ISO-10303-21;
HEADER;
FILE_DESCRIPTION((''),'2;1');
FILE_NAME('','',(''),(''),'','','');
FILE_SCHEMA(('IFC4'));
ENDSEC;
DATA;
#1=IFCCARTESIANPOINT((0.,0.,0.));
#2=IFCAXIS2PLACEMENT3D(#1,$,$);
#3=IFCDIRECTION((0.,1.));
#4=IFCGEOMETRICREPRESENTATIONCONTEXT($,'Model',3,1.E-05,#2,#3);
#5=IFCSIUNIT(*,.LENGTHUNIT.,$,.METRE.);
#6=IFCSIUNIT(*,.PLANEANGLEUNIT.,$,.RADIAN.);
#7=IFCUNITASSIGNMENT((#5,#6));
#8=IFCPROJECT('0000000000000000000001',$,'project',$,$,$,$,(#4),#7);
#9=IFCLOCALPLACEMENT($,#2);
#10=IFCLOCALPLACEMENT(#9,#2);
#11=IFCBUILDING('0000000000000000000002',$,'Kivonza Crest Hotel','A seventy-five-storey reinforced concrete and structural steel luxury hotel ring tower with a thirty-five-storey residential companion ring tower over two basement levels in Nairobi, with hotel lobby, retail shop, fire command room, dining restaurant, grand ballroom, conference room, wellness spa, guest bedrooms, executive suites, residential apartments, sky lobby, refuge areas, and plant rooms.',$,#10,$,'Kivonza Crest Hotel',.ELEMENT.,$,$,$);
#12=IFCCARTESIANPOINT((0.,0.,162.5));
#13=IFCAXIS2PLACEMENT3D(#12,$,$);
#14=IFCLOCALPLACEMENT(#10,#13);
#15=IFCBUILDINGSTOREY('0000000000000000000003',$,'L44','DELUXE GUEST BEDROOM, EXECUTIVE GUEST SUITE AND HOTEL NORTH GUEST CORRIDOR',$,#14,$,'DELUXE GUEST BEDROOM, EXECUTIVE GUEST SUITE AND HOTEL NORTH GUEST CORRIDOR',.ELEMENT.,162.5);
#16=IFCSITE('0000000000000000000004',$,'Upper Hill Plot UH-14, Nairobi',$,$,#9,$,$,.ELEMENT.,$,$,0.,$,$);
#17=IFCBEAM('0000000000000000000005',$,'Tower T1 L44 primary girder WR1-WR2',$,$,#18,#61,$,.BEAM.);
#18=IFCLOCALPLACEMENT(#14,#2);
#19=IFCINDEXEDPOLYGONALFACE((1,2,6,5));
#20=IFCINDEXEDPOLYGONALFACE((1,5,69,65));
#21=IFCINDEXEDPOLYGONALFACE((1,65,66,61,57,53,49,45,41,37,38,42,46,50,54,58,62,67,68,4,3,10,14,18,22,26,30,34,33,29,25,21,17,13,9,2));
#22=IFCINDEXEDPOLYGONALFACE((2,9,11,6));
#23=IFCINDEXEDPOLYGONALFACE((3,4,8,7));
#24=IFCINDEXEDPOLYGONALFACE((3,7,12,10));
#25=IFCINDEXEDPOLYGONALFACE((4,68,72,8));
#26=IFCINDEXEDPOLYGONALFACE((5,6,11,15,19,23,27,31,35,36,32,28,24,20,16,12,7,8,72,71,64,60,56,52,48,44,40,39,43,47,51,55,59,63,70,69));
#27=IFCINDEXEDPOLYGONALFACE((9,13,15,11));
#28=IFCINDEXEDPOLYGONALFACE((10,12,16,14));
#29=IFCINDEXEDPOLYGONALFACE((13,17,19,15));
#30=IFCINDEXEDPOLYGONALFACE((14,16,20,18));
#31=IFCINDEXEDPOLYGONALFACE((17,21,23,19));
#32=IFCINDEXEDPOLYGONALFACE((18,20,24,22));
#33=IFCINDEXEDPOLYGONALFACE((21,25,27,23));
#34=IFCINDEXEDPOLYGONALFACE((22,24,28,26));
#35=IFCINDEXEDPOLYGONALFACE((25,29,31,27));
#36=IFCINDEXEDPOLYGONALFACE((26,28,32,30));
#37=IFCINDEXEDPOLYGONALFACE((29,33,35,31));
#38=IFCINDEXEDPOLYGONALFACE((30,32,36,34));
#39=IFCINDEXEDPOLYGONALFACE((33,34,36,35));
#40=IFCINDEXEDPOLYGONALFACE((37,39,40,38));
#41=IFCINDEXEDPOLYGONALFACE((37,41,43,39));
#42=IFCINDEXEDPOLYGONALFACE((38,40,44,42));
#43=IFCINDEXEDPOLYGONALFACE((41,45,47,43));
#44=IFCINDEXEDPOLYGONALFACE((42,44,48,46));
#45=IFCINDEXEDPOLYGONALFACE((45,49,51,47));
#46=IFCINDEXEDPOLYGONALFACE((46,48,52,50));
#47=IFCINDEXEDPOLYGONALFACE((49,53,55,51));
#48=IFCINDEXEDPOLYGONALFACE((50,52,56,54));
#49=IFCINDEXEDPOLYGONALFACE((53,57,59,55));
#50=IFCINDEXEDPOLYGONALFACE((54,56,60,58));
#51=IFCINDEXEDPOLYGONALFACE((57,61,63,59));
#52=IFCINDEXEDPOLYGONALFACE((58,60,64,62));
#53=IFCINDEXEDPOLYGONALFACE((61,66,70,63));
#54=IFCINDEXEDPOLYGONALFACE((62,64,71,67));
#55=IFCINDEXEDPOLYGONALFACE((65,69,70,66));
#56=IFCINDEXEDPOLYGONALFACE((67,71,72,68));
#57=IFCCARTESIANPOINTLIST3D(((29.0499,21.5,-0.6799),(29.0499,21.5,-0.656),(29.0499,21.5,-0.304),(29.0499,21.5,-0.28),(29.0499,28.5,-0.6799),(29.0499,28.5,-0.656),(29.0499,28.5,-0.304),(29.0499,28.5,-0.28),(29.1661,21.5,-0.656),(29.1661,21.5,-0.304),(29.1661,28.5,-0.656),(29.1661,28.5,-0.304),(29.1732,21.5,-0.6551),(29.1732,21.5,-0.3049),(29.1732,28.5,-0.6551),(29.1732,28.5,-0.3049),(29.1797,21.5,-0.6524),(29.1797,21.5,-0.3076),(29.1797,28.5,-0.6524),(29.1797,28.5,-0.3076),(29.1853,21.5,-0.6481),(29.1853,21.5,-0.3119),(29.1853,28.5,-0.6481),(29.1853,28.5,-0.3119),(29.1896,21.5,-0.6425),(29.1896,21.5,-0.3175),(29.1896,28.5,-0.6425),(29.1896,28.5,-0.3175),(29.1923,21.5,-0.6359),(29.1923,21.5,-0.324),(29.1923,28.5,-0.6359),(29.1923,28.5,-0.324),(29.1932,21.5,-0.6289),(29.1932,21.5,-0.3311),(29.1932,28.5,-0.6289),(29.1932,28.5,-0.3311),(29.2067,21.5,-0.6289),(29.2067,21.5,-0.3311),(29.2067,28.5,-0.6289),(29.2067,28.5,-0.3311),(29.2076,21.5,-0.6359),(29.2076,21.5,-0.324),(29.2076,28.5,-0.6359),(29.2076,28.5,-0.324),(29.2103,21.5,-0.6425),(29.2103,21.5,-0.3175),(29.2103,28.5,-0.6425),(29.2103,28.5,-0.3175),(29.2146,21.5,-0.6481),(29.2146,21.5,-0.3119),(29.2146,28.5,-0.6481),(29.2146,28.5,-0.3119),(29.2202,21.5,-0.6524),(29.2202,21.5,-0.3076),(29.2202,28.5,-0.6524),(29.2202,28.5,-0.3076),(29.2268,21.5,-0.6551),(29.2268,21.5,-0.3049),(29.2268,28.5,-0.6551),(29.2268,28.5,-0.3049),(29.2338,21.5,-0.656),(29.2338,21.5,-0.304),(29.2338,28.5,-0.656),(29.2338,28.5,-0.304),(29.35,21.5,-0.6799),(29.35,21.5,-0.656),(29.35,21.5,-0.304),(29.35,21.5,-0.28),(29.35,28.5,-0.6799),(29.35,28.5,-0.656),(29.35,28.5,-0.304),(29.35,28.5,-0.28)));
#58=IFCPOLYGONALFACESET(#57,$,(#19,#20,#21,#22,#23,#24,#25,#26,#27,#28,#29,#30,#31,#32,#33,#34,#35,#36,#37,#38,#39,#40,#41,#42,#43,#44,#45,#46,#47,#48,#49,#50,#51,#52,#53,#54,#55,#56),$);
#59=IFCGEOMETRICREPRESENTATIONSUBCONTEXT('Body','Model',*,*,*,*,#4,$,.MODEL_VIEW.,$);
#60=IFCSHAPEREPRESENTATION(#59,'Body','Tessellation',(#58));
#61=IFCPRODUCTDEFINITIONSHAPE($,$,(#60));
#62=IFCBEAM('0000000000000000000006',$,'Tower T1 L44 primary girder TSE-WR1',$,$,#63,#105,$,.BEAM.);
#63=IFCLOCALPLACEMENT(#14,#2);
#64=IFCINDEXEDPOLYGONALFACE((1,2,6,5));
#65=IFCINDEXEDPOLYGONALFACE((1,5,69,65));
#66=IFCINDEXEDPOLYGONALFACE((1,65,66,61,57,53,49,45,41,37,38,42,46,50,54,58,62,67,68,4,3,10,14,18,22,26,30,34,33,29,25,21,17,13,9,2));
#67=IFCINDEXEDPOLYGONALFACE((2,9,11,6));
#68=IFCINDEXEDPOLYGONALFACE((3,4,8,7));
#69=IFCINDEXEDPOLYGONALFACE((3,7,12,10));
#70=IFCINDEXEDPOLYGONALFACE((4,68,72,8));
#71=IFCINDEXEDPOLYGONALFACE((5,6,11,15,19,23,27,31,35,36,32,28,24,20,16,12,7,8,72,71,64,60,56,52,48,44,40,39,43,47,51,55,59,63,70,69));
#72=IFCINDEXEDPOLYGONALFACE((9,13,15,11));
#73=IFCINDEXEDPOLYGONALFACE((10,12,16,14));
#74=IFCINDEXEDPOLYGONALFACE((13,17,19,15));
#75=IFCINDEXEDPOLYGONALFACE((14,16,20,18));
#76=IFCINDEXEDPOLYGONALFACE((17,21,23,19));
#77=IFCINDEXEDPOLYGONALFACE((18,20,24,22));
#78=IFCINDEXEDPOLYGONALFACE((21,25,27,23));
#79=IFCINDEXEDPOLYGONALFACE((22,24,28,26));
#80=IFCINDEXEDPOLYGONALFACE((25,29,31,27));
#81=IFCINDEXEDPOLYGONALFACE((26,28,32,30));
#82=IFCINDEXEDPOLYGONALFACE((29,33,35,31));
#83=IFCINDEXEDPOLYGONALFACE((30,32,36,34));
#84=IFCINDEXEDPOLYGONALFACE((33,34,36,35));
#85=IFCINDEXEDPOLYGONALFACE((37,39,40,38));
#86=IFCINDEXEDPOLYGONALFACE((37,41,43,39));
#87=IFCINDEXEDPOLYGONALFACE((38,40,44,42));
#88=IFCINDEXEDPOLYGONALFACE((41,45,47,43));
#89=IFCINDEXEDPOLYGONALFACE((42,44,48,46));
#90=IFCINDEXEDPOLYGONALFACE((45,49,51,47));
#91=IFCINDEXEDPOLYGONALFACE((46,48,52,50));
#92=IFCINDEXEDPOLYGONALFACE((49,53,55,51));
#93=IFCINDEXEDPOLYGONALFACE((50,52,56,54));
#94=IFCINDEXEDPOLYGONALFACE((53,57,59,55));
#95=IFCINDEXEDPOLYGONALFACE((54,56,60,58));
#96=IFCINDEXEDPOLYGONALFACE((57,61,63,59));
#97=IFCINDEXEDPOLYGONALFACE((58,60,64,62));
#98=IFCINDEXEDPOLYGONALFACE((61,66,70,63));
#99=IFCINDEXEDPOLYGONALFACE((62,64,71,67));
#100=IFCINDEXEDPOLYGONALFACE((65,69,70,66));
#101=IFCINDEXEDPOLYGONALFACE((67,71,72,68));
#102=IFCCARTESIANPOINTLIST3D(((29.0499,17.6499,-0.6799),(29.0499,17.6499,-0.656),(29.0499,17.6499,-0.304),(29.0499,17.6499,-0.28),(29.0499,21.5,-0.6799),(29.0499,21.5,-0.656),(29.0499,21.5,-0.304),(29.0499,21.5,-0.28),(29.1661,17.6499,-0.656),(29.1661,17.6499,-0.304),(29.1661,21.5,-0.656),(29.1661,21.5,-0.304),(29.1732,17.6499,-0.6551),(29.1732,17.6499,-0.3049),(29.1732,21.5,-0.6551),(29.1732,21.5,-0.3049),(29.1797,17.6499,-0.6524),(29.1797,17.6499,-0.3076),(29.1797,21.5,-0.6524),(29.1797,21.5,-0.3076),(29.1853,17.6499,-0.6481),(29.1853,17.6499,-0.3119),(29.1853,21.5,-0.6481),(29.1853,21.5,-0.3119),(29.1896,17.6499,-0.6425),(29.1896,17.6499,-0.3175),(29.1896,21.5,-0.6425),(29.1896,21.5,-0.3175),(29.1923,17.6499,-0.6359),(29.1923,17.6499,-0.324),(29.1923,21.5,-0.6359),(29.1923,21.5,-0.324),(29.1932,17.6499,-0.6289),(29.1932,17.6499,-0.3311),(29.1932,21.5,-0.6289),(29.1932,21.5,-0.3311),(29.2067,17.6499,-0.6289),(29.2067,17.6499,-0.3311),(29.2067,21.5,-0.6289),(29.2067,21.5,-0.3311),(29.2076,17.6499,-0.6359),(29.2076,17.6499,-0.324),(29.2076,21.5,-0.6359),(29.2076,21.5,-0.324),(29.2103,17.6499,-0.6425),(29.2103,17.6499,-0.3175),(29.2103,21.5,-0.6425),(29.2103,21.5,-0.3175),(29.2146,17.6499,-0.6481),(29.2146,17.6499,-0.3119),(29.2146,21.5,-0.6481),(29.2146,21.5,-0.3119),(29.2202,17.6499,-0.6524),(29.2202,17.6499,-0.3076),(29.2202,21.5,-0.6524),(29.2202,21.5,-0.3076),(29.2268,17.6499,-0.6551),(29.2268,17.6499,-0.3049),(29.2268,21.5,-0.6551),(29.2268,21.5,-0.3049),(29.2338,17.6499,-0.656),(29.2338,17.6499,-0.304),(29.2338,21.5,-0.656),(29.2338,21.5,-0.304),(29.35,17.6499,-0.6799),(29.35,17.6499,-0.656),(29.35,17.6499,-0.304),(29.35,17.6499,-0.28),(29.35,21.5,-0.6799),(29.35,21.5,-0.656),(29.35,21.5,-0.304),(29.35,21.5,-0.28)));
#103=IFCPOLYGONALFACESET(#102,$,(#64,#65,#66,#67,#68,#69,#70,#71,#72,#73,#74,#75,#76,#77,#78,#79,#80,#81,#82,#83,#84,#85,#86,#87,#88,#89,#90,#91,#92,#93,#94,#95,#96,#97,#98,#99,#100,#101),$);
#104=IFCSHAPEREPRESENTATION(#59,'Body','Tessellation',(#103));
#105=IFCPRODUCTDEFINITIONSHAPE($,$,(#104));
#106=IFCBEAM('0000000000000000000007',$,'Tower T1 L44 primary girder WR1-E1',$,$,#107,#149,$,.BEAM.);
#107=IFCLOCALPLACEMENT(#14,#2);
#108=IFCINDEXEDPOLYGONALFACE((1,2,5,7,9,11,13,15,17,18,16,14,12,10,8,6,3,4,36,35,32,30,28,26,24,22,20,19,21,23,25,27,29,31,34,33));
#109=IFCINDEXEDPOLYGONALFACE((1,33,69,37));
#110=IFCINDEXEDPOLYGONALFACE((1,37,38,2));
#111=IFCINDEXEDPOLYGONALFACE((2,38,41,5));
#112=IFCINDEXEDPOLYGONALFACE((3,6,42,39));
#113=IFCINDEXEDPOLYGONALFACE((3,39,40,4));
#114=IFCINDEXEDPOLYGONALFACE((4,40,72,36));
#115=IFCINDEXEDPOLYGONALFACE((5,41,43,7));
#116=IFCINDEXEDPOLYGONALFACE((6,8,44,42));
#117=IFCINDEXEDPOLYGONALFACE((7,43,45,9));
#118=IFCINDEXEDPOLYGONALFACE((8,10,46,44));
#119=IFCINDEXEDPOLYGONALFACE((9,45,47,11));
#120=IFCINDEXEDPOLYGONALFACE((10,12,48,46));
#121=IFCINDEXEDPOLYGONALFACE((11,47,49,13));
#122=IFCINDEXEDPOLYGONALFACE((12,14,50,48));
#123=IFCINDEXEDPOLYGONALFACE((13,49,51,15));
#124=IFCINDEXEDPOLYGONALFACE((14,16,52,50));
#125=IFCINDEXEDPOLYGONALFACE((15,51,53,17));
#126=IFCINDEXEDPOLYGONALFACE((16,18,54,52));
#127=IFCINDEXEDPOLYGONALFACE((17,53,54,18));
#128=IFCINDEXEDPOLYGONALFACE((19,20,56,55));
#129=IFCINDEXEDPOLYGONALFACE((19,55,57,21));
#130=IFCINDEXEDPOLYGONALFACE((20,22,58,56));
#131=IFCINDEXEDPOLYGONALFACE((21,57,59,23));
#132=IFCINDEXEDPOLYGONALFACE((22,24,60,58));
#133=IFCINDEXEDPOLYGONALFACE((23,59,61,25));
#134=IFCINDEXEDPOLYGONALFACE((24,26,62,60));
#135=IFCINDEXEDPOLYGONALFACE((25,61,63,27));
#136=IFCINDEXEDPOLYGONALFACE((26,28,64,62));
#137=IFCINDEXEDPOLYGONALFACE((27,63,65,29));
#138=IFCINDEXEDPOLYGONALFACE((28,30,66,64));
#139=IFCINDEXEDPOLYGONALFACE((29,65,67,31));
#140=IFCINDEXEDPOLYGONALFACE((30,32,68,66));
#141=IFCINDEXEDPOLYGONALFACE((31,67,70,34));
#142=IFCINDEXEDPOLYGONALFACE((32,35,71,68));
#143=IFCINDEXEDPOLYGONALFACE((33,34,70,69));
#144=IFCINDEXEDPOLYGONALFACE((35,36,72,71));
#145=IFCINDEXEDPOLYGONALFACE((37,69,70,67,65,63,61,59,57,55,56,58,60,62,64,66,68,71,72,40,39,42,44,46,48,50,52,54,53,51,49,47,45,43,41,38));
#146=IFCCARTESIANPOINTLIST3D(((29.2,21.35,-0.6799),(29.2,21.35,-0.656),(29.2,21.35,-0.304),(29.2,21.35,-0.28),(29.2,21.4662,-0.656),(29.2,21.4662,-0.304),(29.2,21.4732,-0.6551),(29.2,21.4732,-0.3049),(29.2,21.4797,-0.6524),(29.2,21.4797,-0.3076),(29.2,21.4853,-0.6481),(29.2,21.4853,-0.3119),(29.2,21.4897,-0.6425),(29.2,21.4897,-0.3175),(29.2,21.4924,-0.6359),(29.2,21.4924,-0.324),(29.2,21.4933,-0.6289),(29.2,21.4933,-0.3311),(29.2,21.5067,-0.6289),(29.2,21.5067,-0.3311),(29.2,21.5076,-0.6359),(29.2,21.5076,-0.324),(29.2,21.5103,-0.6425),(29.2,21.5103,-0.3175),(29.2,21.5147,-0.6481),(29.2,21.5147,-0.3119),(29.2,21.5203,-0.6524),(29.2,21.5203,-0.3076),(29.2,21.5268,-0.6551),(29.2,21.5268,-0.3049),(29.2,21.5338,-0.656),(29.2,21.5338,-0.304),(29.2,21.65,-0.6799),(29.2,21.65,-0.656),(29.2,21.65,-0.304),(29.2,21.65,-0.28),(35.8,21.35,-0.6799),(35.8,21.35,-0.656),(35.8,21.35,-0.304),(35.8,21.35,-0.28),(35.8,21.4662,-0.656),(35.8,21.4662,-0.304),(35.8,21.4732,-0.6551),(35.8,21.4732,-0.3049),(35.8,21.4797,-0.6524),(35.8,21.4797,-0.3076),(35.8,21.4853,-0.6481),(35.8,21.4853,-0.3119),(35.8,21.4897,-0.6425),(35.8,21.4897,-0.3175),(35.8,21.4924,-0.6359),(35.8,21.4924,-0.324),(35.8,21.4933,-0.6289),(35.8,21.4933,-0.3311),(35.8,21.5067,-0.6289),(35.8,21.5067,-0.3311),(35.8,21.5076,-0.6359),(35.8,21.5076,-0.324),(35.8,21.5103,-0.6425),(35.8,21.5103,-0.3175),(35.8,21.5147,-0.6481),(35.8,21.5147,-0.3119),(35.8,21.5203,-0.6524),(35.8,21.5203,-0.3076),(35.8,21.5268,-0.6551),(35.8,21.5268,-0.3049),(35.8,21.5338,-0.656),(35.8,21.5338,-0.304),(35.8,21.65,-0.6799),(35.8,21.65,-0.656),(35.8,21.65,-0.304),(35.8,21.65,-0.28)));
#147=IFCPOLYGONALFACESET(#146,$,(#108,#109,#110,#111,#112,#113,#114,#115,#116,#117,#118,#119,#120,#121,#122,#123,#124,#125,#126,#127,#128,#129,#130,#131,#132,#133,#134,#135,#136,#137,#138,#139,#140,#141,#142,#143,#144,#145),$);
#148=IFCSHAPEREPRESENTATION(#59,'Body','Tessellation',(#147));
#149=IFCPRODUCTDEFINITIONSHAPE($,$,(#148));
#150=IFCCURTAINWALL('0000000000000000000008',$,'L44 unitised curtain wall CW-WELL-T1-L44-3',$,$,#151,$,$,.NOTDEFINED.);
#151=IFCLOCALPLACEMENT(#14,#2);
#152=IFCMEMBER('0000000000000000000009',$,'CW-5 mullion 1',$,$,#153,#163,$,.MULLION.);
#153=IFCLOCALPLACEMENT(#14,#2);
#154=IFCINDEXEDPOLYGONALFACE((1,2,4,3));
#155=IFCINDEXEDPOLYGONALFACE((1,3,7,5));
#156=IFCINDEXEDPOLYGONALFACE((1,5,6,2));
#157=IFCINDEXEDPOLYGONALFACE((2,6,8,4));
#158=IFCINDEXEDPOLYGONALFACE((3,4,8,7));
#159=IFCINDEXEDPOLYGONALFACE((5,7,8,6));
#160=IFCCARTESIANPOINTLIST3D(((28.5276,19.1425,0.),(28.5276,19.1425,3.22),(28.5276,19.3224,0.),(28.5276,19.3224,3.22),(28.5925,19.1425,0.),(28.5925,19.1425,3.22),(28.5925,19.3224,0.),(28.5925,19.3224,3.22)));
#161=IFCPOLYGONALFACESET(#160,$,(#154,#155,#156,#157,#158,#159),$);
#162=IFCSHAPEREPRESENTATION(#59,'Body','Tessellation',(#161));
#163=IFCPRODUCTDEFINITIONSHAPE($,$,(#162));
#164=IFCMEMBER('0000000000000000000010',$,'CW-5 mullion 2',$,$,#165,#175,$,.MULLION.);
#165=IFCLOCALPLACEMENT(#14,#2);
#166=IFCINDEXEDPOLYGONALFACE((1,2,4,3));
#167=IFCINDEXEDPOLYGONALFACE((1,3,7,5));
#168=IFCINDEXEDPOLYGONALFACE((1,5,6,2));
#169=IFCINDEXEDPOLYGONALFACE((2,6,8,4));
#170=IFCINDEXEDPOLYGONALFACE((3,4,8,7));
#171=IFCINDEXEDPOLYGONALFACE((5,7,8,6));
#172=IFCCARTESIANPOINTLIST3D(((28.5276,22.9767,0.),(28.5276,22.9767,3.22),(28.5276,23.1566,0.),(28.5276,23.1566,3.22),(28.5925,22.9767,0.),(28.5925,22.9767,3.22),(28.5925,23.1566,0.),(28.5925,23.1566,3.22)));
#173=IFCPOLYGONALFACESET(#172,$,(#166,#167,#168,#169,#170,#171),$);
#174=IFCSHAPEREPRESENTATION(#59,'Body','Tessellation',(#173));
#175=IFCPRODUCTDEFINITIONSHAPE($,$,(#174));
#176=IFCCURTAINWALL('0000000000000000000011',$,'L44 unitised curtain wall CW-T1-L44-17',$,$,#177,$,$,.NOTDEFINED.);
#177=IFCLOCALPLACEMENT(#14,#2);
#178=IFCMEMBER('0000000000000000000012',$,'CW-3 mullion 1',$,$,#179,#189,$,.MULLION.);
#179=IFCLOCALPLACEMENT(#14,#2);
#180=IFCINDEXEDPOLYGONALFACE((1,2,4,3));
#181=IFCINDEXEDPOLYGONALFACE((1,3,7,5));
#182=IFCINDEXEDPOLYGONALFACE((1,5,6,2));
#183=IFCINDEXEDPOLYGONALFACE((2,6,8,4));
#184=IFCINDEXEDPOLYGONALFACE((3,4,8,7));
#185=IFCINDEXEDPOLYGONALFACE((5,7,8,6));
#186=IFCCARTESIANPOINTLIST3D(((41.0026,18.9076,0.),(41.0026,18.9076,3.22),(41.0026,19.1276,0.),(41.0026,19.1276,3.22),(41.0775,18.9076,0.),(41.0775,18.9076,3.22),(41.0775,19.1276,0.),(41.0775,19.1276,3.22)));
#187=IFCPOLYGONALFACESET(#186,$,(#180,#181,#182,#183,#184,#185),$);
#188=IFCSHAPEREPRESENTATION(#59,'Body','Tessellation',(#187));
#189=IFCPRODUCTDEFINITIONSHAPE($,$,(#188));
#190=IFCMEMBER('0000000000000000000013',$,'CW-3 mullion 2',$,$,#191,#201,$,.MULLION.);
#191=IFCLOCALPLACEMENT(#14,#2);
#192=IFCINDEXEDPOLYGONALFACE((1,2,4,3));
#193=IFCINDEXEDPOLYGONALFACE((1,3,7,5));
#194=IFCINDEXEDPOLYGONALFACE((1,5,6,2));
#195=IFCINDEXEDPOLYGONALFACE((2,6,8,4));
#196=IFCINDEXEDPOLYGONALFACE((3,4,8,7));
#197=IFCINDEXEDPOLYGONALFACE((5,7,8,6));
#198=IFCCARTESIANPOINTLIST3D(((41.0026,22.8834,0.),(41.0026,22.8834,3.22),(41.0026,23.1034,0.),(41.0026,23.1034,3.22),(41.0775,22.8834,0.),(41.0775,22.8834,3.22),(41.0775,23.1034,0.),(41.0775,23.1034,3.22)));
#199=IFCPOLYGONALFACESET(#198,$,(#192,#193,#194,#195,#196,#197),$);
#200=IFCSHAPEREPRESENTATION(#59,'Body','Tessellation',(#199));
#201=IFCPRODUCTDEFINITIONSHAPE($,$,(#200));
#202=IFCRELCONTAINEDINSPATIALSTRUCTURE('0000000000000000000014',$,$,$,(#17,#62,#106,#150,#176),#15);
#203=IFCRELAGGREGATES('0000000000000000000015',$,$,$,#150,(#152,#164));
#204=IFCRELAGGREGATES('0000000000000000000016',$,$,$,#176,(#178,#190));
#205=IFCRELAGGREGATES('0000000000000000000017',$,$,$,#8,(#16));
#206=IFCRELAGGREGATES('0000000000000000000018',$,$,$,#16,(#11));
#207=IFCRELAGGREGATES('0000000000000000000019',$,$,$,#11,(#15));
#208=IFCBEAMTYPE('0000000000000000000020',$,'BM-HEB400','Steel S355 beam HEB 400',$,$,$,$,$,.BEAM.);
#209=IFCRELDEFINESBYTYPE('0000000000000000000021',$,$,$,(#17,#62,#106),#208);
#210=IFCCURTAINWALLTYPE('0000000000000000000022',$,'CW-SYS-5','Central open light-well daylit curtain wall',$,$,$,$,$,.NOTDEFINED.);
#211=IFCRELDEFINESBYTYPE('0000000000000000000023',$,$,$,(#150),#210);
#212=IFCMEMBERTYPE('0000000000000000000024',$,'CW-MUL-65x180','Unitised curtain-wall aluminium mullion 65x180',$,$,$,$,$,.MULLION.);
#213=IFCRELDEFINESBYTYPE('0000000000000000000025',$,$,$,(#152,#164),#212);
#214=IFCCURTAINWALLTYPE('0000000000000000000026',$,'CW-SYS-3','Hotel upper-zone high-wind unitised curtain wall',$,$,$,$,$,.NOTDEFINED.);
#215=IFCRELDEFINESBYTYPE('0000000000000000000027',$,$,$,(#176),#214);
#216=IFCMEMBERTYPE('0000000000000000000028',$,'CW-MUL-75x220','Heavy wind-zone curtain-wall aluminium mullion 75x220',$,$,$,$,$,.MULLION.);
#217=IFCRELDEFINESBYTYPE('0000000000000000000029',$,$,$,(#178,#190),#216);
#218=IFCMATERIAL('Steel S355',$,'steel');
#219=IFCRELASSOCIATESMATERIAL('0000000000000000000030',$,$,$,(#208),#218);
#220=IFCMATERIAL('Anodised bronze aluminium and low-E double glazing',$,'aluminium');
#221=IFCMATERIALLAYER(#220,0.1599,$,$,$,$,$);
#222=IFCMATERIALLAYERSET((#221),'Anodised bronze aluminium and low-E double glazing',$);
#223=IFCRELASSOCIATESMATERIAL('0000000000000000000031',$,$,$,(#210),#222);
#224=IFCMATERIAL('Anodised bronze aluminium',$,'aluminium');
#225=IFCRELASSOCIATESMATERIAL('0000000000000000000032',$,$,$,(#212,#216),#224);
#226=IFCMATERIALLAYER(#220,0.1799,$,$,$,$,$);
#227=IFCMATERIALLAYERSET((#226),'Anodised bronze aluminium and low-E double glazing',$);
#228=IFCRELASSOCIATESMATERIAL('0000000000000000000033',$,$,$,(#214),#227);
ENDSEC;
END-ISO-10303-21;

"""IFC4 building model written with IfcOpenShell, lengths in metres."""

from ifc_helpers import new_model, si_unit, direction, frame, origin, origin_2d, place, context, subcontext, project, spatial, rectangle, i_section, extrude, material, layer, layer_set, material_profile, profile_set, type_object, element, aggregate, save


model = new_model("IFC4")

# Units and contexts
model_context = context("Model", 3, precision=1e-05, world=origin(), true_north=direction((0.0, 1.0)))
body_context = subcontext(model_context, "Body", "Model", "MODEL_VIEW")
ifc_project = project(units=[si_unit("LENGTHUNIT", "METRE"), si_unit("PLANEANGLEUNIT", "RADIAN")], contexts=[model_context])

# Site, building, storey
site_placement = place(None, origin())
site = spatial("IfcSite", under=ifc_project, at=site_placement, Name="Upper Hill Plot UH-14, Nairobi", CompositionType="ELEMENT", RefElevation=0.0)
building_placement = place(site_placement, origin())
building = spatial("IfcBuilding", under=site, at=building_placement, Name="Kivonza Crest Hotel", Description="A seventy-five-storey reinforced concrete and structural steel luxury hotel ring tower with a thirty-five-storey residential companion ring tower over two basement levels in Nairobi, with hotel lobby, retail shop, fire command room, dining restaurant, grand ballroom, conference room, wellness spa, guest bedrooms, executive suites, residential apartments, sky lobby, refuge areas, and plant rooms.", LongName="Kivonza Crest Hotel", CompositionType="ELEMENT")
storey_placement = place(building_placement, frame((0.0, 0.0, 162.5)))
storey = spatial("IfcBuildingStorey", under=building, at=storey_placement, Name="L44", Description="DELUXE GUEST BEDROOM, EXECUTIVE GUEST SUITE AND HOTEL NORTH GUEST CORRIDOR", LongName="DELUXE GUEST BEDROOM, EXECUTIVE GUEST SUITE AND HOTEL NORTH GUEST CORRIDOR", CompositionType="ELEMENT", Elevation=162.5)

# Beams
ifc_material_1 = material(Name="Steel S355", Category="steel")
ifc_material_profile_1 = material_profile(ifc_material_1, i_section(OverallWidth=0.3, OverallDepth=0.3999, WebThickness=0.0134, FlangeThickness=0.0239, FilletRadius=0.0271, at=origin_2d()), Name="HEB 400")
ifc_profile_set_1 = profile_set([ifc_material_profile_1], Name="Steel S355")
beam_type_1 = type_object("IfcBeamType", Name="BM-HEB400", Description="Steel S355 beam HEB 400", PredefinedType="BEAM", material=ifc_profile_set_1)
beam_1_placement = place(storey_placement, frame((29.2, 21.5, -0.48), z_axis=(0.0, 1.0, 0.0), x_axis=(-1.0, 0.0, 0.0)))
element("IfcBeam", 1, at=beam_1_placement, inside=storey, type_object=beam_type_1, Name="Tower T1 L44 primary girder WR1-WR2", PredefinedType="BEAM", context=body_context, shape_type="SweptSolid", body=[
    extrude(i_section(OverallWidth=0.3, OverallDepth=0.3999, WebThickness=0.0134, FlangeThickness=0.0239, FilletRadius=0.0271, at=origin_2d()), origin(), (0.0, 0.0, 1.0), 7.0),
])
beam_2_placement = place(storey_placement, frame((29.2, 17.6499, -0.48), z_axis=(0.0, 1.0, 0.0), x_axis=(-1.0, 0.0, 0.0)))
element("IfcBeam", 2, at=beam_2_placement, inside=storey, type_object=beam_type_1, Name="Tower T1 L44 primary girder TSE-WR1", PredefinedType="BEAM", context=body_context, shape_type="SweptSolid", body=[
    extrude(i_section(OverallWidth=0.3, OverallDepth=0.3999, WebThickness=0.0134, FlangeThickness=0.0239, FilletRadius=0.0271, at=origin_2d()), origin(), (0.0, 0.0, 1.0), 3.8501),
])
beam_3_placement = place(storey_placement, frame((29.2, 21.5, -0.48), z_axis=(1.0, 0.0, 0.0), x_axis=(0.0, 1.0, 0.0)))
element("IfcBeam", 3, at=beam_3_placement, inside=storey, type_object=beam_type_1, Name="Tower T1 L44 primary girder WR1-E1", PredefinedType="BEAM", context=body_context, shape_type="SweptSolid", body=[
    extrude(i_section(OverallWidth=0.3, OverallDepth=0.3999, WebThickness=0.0134, FlangeThickness=0.0239, FilletRadius=0.0271, at=origin_2d()), origin(), (0.0, 0.0, 1.0), 6.6001),
])

# Curtain walls, members
ifc_material_2 = material(Name="Anodised bronze aluminium and low-E double glazing", Category="aluminium")
ifc_layer_1 = layer(ifc_material_2, 0.1599)
ifc_layer_set_1 = layer_set([ifc_layer_1], Name="Anodised bronze aluminium and low-E double glazing")
curtain_wall_type_1 = type_object("IfcCurtainWallType", Name="CW-SYS-5", Description="Central open light-well daylit curtain wall", PredefinedType="NOTDEFINED", material=ifc_layer_set_1)
curtain_wall_1_placement = place(storey_placement, origin())
curtain_wall_1 = element("IfcCurtainWall", 4, at=curtain_wall_1_placement, inside=storey, type_object=curtain_wall_type_1, Name="L44 unitised curtain wall CW-WELL-T1-L44-3", PredefinedType="NOTDEFINED")
ifc_material_3 = material(Name="Anodised bronze aluminium", Category="aluminium")
ifc_material_profile_2 = material_profile(ifc_material_3, rectangle(XDim=0.0649, YDim=0.1799, at=origin_2d()), Name="CW-M 65x180")
ifc_profile_set_2 = profile_set([ifc_material_profile_2], Name="Anodised bronze aluminium")
member_type_1 = type_object("IfcMemberType", Name="CW-MUL-65x180", Description="Unitised curtain-wall aluminium mullion 65x180", PredefinedType="MULLION", material=ifc_profile_set_2)
member_1_placement = place(storey_placement, frame((28.5601, 19.2324, 0.0), z_axis=(0.0, 0.0, 1.0), x_axis=(-1.0, 0.0, 0.0)))
member_1 = element("IfcMember", 5, at=member_1_placement, type_object=member_type_1, Name="CW-5 mullion 1", PredefinedType="MULLION", context=body_context, shape_type="SweptSolid", body=[
    extrude(rectangle(XDim=0.0649, YDim=0.1799, at=origin_2d()), origin(), (0.0, 0.0, 1.0), 3.22),
])
member_2_placement = place(storey_placement, frame((28.5601, 23.0667, 0.0), z_axis=(0.0, 0.0, 1.0), x_axis=(-1.0, 0.0, 0.0)))
member_2 = element("IfcMember", 6, at=member_2_placement, type_object=member_type_1, Name="CW-5 mullion 2", PredefinedType="MULLION", context=body_context, shape_type="SweptSolid", body=[
    extrude(rectangle(XDim=0.0649, YDim=0.1799, at=origin_2d()), origin(), (0.0, 0.0, 1.0), 3.22),
])
ifc_layer_2 = layer(ifc_material_2, 0.1799)
ifc_layer_set_2 = layer_set([ifc_layer_2], Name="Anodised bronze aluminium and low-E double glazing")
curtain_wall_type_2 = type_object("IfcCurtainWallType", Name="CW-SYS-3", Description="Hotel upper-zone high-wind unitised curtain wall", PredefinedType="NOTDEFINED", material=ifc_layer_set_2)
curtain_wall_2_placement = place(storey_placement, origin())
curtain_wall_2 = element("IfcCurtainWall", 7, at=curtain_wall_2_placement, inside=storey, type_object=curtain_wall_type_2, Name="L44 unitised curtain wall CW-T1-L44-17", PredefinedType="NOTDEFINED")
ifc_material_profile_3 = material_profile(ifc_material_3, rectangle(XDim=0.075, YDim=0.22, at=origin_2d()), Name="CW-M 75x220")
ifc_profile_set_3 = profile_set([ifc_material_profile_3], Name="Anodised bronze aluminium")
member_type_2 = type_object("IfcMemberType", Name="CW-MUL-75x220", Description="Heavy wind-zone curtain-wall aluminium mullion 75x220", PredefinedType="MULLION", material=ifc_profile_set_3)
member_3_placement = place(storey_placement, frame((41.04, 19.0176, 0.0), z_axis=(0.0, 0.0, 1.0), x_axis=(-1.0, 0.0, 0.0)))
member_3 = element("IfcMember", 8, at=member_3_placement, type_object=member_type_2, Name="CW-3 mullion 1", PredefinedType="MULLION", context=body_context, shape_type="SweptSolid", body=[
    extrude(rectangle(XDim=0.075, YDim=0.22, at=origin_2d()), origin(), (0.0, 0.0, 1.0), 3.22),
])
member_4_placement = place(storey_placement, frame((41.04, 22.9934, 0.0), z_axis=(0.0, 0.0, 1.0), x_axis=(-1.0, 0.0, 0.0)))
member_4 = element("IfcMember", 9, at=member_4_placement, type_object=member_type_2, Name="CW-3 mullion 2", PredefinedType="MULLION", context=body_context, shape_type="SweptSolid", body=[
    extrude(rectangle(XDim=0.075, YDim=0.22, at=origin_2d()), origin(), (0.0, 0.0, 1.0), 3.22),
])

aggregate(curtain_wall_1, [member_1, member_2])
aggregate(curtain_wall_2, [member_3, member_4])

save(model, "model.ifc")
